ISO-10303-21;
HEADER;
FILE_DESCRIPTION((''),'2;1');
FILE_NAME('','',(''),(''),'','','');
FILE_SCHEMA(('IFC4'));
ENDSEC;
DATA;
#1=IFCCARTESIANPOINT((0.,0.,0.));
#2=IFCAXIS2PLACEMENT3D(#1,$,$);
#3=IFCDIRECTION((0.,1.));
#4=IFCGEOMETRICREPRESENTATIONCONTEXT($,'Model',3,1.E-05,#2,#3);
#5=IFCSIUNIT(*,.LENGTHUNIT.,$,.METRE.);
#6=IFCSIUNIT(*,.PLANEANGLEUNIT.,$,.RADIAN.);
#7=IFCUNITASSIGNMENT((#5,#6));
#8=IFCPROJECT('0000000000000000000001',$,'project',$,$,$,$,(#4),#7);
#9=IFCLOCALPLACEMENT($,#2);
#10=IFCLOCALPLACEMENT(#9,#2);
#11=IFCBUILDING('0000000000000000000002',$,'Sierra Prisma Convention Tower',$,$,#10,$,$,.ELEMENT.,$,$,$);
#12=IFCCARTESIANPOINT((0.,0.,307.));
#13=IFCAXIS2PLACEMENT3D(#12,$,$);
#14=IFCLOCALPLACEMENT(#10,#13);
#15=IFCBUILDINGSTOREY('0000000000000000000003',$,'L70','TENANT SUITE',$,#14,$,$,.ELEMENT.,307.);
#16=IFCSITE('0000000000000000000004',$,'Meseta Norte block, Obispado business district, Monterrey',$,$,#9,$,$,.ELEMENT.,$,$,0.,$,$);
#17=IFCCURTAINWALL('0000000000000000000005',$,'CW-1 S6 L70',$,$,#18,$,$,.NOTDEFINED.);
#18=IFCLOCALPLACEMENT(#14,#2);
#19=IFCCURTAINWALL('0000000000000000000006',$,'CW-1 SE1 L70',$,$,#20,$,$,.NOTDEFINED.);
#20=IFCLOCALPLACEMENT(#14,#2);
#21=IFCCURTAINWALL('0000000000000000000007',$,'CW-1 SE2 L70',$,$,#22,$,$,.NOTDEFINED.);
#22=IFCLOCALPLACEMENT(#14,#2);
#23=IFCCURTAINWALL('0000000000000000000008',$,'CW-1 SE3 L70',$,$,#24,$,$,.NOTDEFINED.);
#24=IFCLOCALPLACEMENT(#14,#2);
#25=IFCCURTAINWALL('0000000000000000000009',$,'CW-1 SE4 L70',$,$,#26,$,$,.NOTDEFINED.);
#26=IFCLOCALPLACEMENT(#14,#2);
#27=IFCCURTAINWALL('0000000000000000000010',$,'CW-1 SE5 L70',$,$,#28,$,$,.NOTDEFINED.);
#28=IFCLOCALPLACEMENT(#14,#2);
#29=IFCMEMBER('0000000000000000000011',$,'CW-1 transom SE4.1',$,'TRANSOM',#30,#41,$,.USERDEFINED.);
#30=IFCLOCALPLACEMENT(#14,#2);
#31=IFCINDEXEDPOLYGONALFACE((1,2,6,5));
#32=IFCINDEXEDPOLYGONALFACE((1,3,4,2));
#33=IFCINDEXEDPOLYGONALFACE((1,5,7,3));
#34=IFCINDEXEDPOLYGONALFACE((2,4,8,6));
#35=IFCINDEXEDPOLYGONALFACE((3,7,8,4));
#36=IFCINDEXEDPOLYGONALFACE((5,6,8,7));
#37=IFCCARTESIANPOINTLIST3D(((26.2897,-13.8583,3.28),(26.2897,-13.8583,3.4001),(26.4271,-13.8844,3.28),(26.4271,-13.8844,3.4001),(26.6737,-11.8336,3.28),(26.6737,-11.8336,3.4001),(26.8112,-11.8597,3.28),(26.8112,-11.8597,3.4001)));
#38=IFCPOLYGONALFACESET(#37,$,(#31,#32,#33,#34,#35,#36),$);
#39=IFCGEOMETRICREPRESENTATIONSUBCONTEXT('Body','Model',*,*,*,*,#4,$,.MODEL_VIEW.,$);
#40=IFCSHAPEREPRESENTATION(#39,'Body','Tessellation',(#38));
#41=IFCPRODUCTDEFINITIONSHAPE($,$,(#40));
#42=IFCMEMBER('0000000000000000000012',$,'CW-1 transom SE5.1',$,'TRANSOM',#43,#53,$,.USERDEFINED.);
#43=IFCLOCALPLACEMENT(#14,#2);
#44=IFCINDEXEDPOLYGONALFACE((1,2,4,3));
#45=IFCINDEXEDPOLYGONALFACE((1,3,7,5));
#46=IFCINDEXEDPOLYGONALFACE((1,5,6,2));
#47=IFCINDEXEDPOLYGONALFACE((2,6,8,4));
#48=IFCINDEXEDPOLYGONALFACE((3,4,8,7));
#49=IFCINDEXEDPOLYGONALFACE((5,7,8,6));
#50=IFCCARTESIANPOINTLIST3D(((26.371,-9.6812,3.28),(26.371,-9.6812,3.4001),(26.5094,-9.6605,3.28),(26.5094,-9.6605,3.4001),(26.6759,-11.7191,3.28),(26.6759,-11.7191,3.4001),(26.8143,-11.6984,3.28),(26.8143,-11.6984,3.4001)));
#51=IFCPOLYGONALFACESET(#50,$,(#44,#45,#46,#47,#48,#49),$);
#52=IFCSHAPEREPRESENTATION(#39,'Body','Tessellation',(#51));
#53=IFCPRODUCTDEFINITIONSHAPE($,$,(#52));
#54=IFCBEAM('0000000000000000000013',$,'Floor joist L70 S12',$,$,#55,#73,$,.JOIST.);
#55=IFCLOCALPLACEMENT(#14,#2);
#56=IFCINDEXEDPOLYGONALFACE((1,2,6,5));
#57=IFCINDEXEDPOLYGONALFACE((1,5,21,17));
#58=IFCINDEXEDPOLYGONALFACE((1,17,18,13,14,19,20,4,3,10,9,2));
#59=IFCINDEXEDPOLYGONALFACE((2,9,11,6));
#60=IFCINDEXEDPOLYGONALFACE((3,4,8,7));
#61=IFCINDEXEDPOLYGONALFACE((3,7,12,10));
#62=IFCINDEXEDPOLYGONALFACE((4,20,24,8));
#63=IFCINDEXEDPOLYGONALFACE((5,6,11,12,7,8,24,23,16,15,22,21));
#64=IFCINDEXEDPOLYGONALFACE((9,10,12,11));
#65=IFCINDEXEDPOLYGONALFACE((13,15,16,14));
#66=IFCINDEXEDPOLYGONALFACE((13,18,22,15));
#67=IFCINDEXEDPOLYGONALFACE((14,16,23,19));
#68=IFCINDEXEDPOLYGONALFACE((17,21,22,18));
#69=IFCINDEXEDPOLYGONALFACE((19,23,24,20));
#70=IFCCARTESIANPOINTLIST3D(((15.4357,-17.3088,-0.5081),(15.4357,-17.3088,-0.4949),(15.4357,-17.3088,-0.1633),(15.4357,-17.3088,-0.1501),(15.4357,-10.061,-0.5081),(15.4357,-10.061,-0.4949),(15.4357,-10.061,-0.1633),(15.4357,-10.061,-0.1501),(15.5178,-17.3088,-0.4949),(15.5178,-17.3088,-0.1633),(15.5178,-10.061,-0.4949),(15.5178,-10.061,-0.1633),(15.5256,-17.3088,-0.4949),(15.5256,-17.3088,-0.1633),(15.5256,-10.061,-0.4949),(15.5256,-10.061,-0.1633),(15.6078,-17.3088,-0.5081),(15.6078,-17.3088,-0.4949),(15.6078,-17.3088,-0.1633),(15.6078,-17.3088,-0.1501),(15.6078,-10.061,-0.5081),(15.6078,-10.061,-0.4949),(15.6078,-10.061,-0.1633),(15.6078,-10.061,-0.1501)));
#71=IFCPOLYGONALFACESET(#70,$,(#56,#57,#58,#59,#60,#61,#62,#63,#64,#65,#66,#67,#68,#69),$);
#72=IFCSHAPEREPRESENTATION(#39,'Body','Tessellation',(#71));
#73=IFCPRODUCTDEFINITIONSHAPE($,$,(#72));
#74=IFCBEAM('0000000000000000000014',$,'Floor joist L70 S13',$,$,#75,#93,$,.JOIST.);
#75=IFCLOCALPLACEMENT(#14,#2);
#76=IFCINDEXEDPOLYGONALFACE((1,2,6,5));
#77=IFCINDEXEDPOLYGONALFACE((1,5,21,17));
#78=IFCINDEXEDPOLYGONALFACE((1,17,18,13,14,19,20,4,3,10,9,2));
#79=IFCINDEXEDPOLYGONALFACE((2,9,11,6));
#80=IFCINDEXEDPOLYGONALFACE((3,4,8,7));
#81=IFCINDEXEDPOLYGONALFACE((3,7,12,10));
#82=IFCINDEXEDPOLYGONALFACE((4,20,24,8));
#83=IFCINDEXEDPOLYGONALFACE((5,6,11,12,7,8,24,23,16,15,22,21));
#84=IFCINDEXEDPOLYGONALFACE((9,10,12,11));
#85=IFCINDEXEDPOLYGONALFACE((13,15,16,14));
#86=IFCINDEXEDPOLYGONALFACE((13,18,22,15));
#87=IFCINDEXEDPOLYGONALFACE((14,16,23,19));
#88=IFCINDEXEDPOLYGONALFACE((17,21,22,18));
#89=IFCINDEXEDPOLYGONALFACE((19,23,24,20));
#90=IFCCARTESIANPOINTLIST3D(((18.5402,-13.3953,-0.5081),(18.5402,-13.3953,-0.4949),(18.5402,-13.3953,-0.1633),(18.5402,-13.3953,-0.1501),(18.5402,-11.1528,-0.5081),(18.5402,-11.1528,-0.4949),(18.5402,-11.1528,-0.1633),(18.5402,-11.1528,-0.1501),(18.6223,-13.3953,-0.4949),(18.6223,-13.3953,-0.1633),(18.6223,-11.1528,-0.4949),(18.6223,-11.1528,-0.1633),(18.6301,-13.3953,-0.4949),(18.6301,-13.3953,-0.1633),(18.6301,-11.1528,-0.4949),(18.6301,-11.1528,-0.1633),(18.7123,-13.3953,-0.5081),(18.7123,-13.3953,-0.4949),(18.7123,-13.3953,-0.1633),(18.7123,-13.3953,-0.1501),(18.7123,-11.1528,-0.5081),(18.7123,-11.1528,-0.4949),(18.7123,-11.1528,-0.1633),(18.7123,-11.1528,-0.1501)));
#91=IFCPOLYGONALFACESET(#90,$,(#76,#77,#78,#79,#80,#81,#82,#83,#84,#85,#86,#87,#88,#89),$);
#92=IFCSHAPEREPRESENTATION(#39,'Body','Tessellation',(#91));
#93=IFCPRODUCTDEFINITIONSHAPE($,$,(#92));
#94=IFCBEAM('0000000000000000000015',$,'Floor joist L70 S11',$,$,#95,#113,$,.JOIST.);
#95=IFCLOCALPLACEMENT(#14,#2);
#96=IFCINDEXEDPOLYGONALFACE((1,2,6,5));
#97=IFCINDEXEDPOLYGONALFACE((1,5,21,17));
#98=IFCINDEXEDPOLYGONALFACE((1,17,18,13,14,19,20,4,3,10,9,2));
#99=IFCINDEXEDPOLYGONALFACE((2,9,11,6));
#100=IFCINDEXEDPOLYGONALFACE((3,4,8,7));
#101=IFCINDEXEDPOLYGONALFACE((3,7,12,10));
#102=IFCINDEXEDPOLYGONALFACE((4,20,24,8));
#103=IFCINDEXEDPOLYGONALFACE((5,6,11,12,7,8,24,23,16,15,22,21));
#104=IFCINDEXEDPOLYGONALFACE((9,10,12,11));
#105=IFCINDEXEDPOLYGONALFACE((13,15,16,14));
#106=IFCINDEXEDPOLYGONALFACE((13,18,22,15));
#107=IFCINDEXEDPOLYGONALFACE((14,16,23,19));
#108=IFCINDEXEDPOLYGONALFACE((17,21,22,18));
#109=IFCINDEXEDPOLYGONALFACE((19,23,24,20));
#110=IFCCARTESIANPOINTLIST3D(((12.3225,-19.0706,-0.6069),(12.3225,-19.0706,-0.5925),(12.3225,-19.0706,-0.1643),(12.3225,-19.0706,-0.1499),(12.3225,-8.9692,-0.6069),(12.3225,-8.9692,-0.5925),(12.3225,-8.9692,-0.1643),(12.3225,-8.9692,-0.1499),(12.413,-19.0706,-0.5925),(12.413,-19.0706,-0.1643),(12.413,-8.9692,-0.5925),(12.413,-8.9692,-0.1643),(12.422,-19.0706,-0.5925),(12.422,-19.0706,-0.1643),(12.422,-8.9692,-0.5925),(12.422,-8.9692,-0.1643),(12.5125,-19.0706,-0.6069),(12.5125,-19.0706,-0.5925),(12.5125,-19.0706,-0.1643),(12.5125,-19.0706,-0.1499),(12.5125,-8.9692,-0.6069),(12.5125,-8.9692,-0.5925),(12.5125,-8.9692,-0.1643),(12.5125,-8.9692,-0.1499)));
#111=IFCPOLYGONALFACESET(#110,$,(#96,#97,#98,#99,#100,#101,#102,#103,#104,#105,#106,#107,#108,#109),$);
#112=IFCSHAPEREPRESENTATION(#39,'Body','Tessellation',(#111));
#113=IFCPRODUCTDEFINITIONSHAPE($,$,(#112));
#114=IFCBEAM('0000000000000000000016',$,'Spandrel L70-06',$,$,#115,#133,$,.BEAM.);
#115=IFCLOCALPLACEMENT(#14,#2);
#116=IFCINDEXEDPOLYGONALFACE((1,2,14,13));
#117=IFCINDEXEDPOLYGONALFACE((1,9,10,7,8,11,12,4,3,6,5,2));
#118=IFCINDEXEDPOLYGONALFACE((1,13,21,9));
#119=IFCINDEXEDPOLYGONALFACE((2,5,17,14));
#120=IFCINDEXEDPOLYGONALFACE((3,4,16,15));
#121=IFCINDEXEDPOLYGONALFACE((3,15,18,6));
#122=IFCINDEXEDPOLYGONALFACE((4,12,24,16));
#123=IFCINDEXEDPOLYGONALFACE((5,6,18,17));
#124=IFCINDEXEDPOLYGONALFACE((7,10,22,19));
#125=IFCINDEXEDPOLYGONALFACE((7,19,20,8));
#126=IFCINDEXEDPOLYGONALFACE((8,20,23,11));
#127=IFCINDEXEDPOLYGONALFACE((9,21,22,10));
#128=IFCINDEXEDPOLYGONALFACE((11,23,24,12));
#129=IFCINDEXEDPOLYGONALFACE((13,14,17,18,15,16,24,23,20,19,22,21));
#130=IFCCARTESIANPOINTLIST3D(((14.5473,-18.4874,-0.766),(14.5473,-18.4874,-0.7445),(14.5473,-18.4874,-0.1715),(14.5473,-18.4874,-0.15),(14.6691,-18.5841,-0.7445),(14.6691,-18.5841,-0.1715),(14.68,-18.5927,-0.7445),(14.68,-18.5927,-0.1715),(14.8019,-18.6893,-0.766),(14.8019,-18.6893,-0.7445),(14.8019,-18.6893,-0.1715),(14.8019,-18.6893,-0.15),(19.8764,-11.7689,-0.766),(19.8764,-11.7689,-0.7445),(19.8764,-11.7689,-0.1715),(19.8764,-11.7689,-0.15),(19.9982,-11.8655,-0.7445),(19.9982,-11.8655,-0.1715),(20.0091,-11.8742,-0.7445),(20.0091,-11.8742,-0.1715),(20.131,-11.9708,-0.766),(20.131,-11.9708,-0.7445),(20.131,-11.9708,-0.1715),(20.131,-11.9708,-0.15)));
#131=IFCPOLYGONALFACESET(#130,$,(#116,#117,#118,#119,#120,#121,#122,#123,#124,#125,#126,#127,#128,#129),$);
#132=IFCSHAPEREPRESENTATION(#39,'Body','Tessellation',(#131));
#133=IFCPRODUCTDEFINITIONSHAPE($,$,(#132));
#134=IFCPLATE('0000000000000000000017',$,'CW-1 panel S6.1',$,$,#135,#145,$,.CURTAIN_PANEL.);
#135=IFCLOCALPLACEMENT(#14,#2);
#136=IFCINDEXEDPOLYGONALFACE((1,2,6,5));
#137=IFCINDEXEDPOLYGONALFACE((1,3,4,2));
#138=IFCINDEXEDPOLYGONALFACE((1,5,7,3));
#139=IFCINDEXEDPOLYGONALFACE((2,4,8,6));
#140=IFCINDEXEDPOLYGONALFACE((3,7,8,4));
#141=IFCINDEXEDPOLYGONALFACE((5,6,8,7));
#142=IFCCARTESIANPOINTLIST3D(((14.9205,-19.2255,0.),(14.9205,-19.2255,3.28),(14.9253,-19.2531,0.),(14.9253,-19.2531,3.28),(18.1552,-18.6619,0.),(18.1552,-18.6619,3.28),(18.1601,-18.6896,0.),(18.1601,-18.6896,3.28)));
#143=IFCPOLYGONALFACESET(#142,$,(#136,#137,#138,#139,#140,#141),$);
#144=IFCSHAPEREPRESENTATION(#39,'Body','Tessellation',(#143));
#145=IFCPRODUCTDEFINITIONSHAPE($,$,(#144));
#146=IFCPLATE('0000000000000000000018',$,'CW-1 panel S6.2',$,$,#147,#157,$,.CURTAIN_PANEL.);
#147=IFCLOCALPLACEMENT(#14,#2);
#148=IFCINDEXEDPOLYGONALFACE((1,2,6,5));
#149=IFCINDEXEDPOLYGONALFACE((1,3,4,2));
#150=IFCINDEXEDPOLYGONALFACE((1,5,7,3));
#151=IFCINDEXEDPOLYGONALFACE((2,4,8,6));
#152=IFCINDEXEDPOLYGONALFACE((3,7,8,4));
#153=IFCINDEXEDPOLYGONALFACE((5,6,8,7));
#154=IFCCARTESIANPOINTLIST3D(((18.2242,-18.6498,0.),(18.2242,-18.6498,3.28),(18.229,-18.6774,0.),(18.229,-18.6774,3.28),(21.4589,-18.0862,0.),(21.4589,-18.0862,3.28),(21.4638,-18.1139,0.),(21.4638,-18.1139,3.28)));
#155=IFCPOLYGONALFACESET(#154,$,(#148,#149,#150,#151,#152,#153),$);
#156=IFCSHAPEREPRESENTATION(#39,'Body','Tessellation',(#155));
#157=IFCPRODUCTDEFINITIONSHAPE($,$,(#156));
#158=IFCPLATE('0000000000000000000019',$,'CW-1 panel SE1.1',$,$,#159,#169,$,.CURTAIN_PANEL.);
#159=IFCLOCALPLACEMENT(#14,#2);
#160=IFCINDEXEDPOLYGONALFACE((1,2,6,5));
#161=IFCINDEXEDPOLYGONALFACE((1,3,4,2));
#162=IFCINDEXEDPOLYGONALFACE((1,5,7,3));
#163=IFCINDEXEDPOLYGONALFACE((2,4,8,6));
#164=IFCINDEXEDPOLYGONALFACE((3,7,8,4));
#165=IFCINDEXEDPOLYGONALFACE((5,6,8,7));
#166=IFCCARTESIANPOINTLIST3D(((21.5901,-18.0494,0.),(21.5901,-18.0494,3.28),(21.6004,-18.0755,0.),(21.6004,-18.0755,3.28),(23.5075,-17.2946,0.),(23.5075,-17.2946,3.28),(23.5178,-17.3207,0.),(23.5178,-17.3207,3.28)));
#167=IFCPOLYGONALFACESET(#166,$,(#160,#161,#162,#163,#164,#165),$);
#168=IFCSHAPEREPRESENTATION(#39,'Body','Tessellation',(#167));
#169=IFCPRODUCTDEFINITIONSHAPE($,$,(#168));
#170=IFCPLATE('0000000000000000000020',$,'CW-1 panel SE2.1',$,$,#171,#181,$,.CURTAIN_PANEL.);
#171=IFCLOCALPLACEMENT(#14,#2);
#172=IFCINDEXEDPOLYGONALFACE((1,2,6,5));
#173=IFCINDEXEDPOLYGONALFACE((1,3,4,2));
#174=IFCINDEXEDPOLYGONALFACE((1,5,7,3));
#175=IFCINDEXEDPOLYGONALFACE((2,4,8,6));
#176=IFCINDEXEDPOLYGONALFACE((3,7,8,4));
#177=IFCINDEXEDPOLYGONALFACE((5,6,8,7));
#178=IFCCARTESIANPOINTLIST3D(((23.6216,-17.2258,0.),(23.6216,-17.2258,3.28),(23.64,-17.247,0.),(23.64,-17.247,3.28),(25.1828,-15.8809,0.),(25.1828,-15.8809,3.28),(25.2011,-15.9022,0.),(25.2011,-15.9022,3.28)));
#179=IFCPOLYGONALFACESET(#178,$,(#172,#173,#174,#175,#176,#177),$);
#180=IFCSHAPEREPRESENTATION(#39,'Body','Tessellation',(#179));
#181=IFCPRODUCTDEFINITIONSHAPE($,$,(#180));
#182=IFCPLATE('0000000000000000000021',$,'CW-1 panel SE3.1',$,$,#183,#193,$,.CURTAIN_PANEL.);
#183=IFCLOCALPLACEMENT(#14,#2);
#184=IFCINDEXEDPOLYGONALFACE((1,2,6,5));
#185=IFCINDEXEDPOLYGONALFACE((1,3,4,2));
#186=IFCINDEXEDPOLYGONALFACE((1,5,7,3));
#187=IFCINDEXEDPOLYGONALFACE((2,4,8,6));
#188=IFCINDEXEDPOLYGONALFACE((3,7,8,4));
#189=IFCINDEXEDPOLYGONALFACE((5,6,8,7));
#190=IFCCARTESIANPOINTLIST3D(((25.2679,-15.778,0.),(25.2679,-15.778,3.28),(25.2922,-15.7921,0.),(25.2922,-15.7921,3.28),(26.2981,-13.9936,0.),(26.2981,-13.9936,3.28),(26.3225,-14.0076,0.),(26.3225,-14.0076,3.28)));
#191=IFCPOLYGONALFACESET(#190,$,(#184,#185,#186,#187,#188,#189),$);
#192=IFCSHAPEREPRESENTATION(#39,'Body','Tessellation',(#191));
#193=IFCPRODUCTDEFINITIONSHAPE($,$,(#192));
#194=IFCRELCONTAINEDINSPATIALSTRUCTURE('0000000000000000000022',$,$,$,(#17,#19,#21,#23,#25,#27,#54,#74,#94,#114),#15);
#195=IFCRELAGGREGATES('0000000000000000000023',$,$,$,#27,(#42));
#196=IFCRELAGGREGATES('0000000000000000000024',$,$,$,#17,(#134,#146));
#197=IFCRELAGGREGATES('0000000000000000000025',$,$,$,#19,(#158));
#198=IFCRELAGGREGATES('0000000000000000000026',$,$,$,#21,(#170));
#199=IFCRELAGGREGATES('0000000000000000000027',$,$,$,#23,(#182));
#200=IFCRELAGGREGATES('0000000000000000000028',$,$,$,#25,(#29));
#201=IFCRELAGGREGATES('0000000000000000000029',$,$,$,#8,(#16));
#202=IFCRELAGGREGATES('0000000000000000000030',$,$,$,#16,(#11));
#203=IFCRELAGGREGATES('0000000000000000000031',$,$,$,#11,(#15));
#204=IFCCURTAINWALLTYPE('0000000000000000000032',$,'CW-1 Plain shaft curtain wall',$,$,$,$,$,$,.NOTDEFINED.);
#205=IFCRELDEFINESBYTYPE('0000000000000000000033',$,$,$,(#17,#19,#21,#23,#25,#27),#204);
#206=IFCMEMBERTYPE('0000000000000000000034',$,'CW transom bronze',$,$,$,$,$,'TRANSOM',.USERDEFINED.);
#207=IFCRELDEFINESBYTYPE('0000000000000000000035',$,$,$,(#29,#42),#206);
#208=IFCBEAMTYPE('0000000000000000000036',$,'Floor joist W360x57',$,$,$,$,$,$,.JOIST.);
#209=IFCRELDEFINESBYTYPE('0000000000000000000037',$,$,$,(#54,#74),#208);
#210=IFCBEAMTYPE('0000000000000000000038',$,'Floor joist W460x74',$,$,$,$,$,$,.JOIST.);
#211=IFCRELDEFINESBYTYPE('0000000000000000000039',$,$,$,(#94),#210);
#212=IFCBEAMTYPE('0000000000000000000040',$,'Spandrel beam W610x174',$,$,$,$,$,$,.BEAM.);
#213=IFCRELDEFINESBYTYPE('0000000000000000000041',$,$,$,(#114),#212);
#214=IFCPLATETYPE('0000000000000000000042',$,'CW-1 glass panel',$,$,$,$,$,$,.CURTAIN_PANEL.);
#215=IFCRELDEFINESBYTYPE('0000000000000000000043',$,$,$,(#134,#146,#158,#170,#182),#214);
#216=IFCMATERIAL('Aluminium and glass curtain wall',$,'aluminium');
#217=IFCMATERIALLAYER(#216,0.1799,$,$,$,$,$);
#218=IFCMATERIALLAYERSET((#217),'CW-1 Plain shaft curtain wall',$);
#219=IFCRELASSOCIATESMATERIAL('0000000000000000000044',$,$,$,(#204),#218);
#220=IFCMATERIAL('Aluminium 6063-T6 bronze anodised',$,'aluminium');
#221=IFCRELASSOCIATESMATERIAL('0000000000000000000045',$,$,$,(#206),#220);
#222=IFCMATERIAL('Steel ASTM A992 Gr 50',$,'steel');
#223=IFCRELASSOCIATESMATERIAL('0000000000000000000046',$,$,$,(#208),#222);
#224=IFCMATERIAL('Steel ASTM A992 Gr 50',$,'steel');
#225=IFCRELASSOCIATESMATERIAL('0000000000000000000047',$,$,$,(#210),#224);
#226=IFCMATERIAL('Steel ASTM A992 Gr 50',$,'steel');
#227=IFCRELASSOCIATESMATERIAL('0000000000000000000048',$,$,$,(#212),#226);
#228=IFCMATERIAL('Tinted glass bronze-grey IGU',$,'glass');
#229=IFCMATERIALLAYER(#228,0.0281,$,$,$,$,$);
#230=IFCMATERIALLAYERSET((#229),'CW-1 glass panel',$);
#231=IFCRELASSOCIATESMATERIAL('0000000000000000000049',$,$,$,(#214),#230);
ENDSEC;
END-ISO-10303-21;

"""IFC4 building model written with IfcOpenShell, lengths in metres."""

from ifc_helpers import new_model, si_unit, direction, frame, origin, origin_2d, place, context, subcontext, project, spatial, rectangle, i_section, extrude, material, layer, layer_set, material_profile, profile_set, type_object, element, aggregate, save


model = new_model("IFC4")

# Units and contexts
model_context = context("Model", 3, precision=1e-05, world=origin(), true_north=direction((0.0, 1.0)))
body_context = subcontext(model_context, "Body", "Model", "MODEL_VIEW")
ifc_project = project(units=[si_unit("LENGTHUNIT", "METRE"), si_unit("PLANEANGLEUNIT", "RADIAN")], contexts=[model_context])

# Site, building, storey
site_placement = place(None, origin())
site = spatial("IfcSite", under=ifc_project, at=site_placement, Name="Meseta Norte block, Obispado business district, Monterrey", CompositionType="ELEMENT", RefElevation=0.0)
building_placement = place(site_placement, origin())
building = spatial("IfcBuilding", under=site, at=building_placement, Name="Sierra Prisma Convention Tower", CompositionType="ELEMENT")
storey_placement = place(building_placement, frame((0.0, 0.0, 307.0)))
storey = spatial("IfcBuildingStorey", under=building, at=storey_placement, Name="L70", Description="TENANT SUITE", CompositionType="ELEMENT", Elevation=307.0)

# Curtain walls
ifc_material_1 = material(Name="Aluminium and glass curtain wall", Category="aluminium")
ifc_layer_1 = layer(ifc_material_1, 0.1799)
ifc_layer_set_1 = layer_set([ifc_layer_1], Name="CW-1 Plain shaft curtain wall")
curtain_wall_type = type_object("IfcCurtainWallType", Name="CW-1 Plain shaft curtain wall", PredefinedType="NOTDEFINED", material=ifc_layer_set_1)
curtain_wall_1_placement = place(storey_placement, origin())
curtain_wall_1 = element("IfcCurtainWall", 1, at=curtain_wall_1_placement, inside=storey, type_object=curtain_wall_type, Name="CW-1 S6 L70", PredefinedType="NOTDEFINED")
curtain_wall_2_placement = place(storey_placement, origin())
curtain_wall_2 = element("IfcCurtainWall", 2, at=curtain_wall_2_placement, inside=storey, type_object=curtain_wall_type, Name="CW-1 SE1 L70", PredefinedType="NOTDEFINED")
curtain_wall_3_placement = place(storey_placement, origin())
curtain_wall_3 = element("IfcCurtainWall", 3, at=curtain_wall_3_placement, inside=storey, type_object=curtain_wall_type, Name="CW-1 SE2 L70", PredefinedType="NOTDEFINED")
curtain_wall_4_placement = place(storey_placement, origin())
curtain_wall_4 = element("IfcCurtainWall", 4, at=curtain_wall_4_placement, inside=storey, type_object=curtain_wall_type, Name="CW-1 SE3 L70", PredefinedType="NOTDEFINED")
curtain_wall_5_placement = place(storey_placement, origin())
curtain_wall_5 = element("IfcCurtainWall", 5, at=curtain_wall_5_placement, inside=storey, type_object=curtain_wall_type, Name="CW-1 SE4 L70", PredefinedType="NOTDEFINED")
curtain_wall_6_placement = place(storey_placement, origin())
curtain_wall_6 = element("IfcCurtainWall", 6, at=curtain_wall_6_placement, inside=storey, type_object=curtain_wall_type, Name="CW-1 SE5 L70", PredefinedType="NOTDEFINED")

# Members
ifc_material_2 = material(Name="Aluminium 6063-T6 bronze anodised", Category="aluminium")
ifc_material_profile_1 = material_profile(ifc_material_2, rectangle(XDim=0.1399, YDim=0.1201, at=origin_2d()), Name="ALU TRANSOM 120x140")
ifc_profile_set_1 = profile_set([ifc_material_profile_1], Name="Aluminium 6063-T6 bronze anodised")
member_type_1 = type_object("IfcMemberType", Name="CW transom bronze", ElementType="TRANSOM", PredefinedType="USERDEFINED", material=ifc_profile_set_1)
member_1_placement = place(storey_placement, frame((26.3584, -13.8713, 3.3401), z_axis=(0.186355, 0.982482, 0.0), x_axis=(-0.982482, 0.186355, 0.0)))
member_1 = element("IfcMember", 7, at=member_1_placement, type_object=member_type_1, Name="CW-1 transom SE4.1", ObjectType="TRANSOM", PredefinedType="USERDEFINED", context=body_context, shape_type="SweptSolid", body=[
    extrude(rectangle(XDim=0.1399, YDim=0.1201, at=origin_2d()), origin(), (0.0, 0.0, 1.0), 2.0608),
])
member_2_placement = place(storey_placement, frame((26.7451, -11.7087, 3.3401), z_axis=(-0.147987, 0.988989, 0.0), x_axis=(-0.988989, -0.147987, 0.0)))
member_2 = element("IfcMember", 8, at=member_2_placement, type_object=member_type_1, Name="CW-1 transom SE5.1", ObjectType="TRANSOM", PredefinedType="USERDEFINED", context=body_context, shape_type="SweptSolid", body=[
    extrude(rectangle(XDim=0.1399, YDim=0.1201, at=origin_2d()), origin(), (0.0, 0.0, 1.0), 2.0605),
])
aggregate(curtain_wall_6, [member_2])

# Beams
ifc_material_3 = material(Name="Steel ASTM A992 Gr 50", Category="steel")
ifc_material_profile_2 = material_profile(ifc_material_3, i_section(OverallWidth=0.1721, OverallDepth=0.3579, WebThickness=0.0078, FlangeThickness=0.0132, at=origin_2d()), Name="W360x57")
ifc_profile_set_2 = profile_set([ifc_material_profile_2], Name="Steel ASTM A992 Gr 50")
beam_type_1 = type_object("IfcBeamType", Name="Floor joist W360x57", PredefinedType="JOIST", material=ifc_profile_set_2)
beam_1_placement = place(storey_placement, frame((15.5217, -17.3088, -0.3291), z_axis=(0.0, 1.0, 0.0), x_axis=(-1.0, 0.0, 0.0)))
element("IfcBeam", 9, at=beam_1_placement, inside=storey, type_object=beam_type_1, Name="Floor joist L70 S12", PredefinedType="JOIST", context=body_context, shape_type="SweptSolid", body=[
    extrude(i_section(OverallWidth=0.1721, OverallDepth=0.3579, WebThickness=0.0078, FlangeThickness=0.0132, at=origin_2d()), origin(), (0.0, 0.0, 1.0), 7.2478),
])
beam_2_placement = place(storey_placement, frame((18.6262, -13.3953, -0.3291), z_axis=(0.0, 1.0, 0.0), x_axis=(-1.0, 0.0, 0.0)))
element("IfcBeam", 10, at=beam_2_placement, inside=storey, type_object=beam_type_1, Name="Floor joist L70 S13", PredefinedType="JOIST", context=body_context, shape_type="SweptSolid", body=[
    extrude(i_section(OverallWidth=0.1721, OverallDepth=0.3579, WebThickness=0.0078, FlangeThickness=0.0132, at=origin_2d()), origin(), (0.0, 0.0, 1.0), 2.2424),
])
ifc_material_4 = material(Name="Steel ASTM A992 Gr 50", Category="steel")
ifc_material_profile_3 = material_profile(ifc_material_4, i_section(OverallWidth=0.1899, OverallDepth=0.457, WebThickness=0.009, FlangeThickness=0.0144, at=origin_2d()), Name="W460x74")
ifc_profile_set_3 = profile_set([ifc_material_profile_3], Name="Steel ASTM A992 Gr 50")
beam_type_2 = type_object("IfcBeamType", Name="Floor joist W460x74", PredefinedType="JOIST", material=ifc_profile_set_3)
beam_3_placement = place(storey_placement, frame((12.4175, -19.0706, -0.3784), z_axis=(0.0, 1.0, 0.0), x_axis=(-1.0, 0.0, 0.0)))
element("IfcBeam", 11, at=beam_3_placement, inside=storey, type_object=beam_type_2, Name="Floor joist L70 S11", PredefinedType="JOIST", context=body_context, shape_type="SweptSolid", body=[
    extrude(i_section(OverallWidth=0.1899, OverallDepth=0.457, WebThickness=0.009, FlangeThickness=0.0144, at=origin_2d()), origin(), (0.0, 0.0, 1.0), 10.1013),
])
ifc_material_5 = material(Name="Steel ASTM A992 Gr 50", Category="steel")
ifc_material_profile_4 = material_profile(ifc_material_5, i_section(OverallWidth=0.325, OverallDepth=0.616, WebThickness=0.0139, FlangeThickness=0.0215, at=origin_2d()), Name="W610x174")
ifc_profile_set_4 = profile_set([ifc_material_profile_4], Name="Steel ASTM A992 Gr 50")
beam_type_3 = type_object("IfcBeamType", Name="Spandrel beam W610x174", PredefinedType="BEAM", material=ifc_profile_set_4)
beam_4_placement = place(storey_placement, frame((14.6746, -18.5884, -0.458), z_axis=(0.62144, 0.783462, 0.0), x_axis=(-0.783462, 0.62144, 0.0)))
element("IfcBeam", 12, at=beam_4_placement, inside=storey, type_object=beam_type_3, Name="Spandrel L70-06", PredefinedType="BEAM", context=body_context, shape_type="SweptSolid", body=[
    extrude(i_section(OverallWidth=0.325, OverallDepth=0.616, WebThickness=0.0139, FlangeThickness=0.0215, at=origin_2d()), origin(), (0.0, 0.0, 1.0), 8.5754),
])

# Plates
ifc_material_6 = material(Name="Tinted glass bronze-grey IGU", Category="glass")
ifc_layer_2 = layer(ifc_material_6, 0.0281)
ifc_layer_set_2 = layer_set([ifc_layer_2], Name="CW-1 glass panel")
plate_type = type_object("IfcPlateType", Name="CW-1 glass panel", PredefinedType="CURTAIN_PANEL", material=ifc_layer_set_2)
plate_1_placement = place(storey_placement, frame((16.5403, -18.9575, 0.0), z_axis=(0.0, 0.0, 1.0), x_axis=(0.985161, 0.171633, 0.0)))
plate_1 = element("IfcPlate", 13, at=plate_1_placement, type_object=plate_type, Name="CW-1 panel S6.1", PredefinedType="CURTAIN_PANEL", context=body_context, shape_type="SweptSolid", body=[
    extrude(rectangle(XDim=3.2834, YDim=0.0281, at=origin_2d()), origin(), (0.0, 0.0, 1.0), 3.28),
])
plate_2_placement = place(storey_placement, frame((19.844, -18.3818, 0.0), z_axis=(0.0, 0.0, 1.0), x_axis=(0.985161, 0.171633, 0.0)))
plate_2 = element("IfcPlate", 14, at=plate_2_placement, type_object=plate_type, Name="CW-1 panel S6.2", PredefinedType="CURTAIN_PANEL", context=body_context, shape_type="SweptSolid", body=[
    extrude(rectangle(XDim=3.2834, YDim=0.0281, at=origin_2d()), origin(), (0.0, 0.0, 1.0), 3.28),
])
aggregate(curtain_wall_1, [plate_1, plate_2])
plate_3_placement = place(storey_placement, frame((22.554, -17.6851, 0.0), z_axis=(0.0, 0.0, 1.0), x_axis=(0.930498, 0.366298, 0.0)))
plate_3 = element("IfcPlate", 15, at=plate_3_placement, type_object=plate_type, Name="CW-1 panel SE1.1", PredefinedType="CURTAIN_PANEL", context=body_context, shape_type="SweptSolid", body=[
    extrude(rectangle(XDim=2.0605, YDim=0.0281, at=origin_2d()), origin(), (0.0, 0.0, 1.0), 3.28),
])
aggregate(curtain_wall_2, [plate_3])
plate_4_placement = place(storey_placement, frame((24.4114, -16.564, 0.0), z_axis=(0.0, 0.0, 1.0), x_axis=(0.757636, 0.652677, 0.0)))
plate_4 = element("IfcPlate", 16, at=plate_4_placement, type_object=plate_type, Name="CW-1 panel SE2.1", PredefinedType="CURTAIN_PANEL", context=body_context, shape_type="SweptSolid", body=[
    extrude(rectangle(XDim=2.0605, YDim=0.0281, at=origin_2d()), origin(), (0.0, 0.0, 1.0), 3.28),
])
aggregate(curtain_wall_3, [plate_4])
plate_5_placement = place(storey_placement, frame((25.7952, -14.8928, 0.0), z_axis=(0.0, 0.0, 1.0), x_axis=(0.5, 0.866025, 0.0)))
plate_5 = element("IfcPlate", 17, at=plate_5_placement, type_object=plate_type, Name="CW-1 panel SE3.1", PredefinedType="CURTAIN_PANEL", context=body_context, shape_type="SweptSolid", body=[
    extrude(rectangle(XDim=2.0605, YDim=0.0281, at=origin_2d()), origin(), (0.0, 0.0, 1.0), 3.28),
])
aggregate(curtain_wall_4, [plate_5])
aggregate(curtain_wall_5, [member_1])

save(model, "model.ifc")
